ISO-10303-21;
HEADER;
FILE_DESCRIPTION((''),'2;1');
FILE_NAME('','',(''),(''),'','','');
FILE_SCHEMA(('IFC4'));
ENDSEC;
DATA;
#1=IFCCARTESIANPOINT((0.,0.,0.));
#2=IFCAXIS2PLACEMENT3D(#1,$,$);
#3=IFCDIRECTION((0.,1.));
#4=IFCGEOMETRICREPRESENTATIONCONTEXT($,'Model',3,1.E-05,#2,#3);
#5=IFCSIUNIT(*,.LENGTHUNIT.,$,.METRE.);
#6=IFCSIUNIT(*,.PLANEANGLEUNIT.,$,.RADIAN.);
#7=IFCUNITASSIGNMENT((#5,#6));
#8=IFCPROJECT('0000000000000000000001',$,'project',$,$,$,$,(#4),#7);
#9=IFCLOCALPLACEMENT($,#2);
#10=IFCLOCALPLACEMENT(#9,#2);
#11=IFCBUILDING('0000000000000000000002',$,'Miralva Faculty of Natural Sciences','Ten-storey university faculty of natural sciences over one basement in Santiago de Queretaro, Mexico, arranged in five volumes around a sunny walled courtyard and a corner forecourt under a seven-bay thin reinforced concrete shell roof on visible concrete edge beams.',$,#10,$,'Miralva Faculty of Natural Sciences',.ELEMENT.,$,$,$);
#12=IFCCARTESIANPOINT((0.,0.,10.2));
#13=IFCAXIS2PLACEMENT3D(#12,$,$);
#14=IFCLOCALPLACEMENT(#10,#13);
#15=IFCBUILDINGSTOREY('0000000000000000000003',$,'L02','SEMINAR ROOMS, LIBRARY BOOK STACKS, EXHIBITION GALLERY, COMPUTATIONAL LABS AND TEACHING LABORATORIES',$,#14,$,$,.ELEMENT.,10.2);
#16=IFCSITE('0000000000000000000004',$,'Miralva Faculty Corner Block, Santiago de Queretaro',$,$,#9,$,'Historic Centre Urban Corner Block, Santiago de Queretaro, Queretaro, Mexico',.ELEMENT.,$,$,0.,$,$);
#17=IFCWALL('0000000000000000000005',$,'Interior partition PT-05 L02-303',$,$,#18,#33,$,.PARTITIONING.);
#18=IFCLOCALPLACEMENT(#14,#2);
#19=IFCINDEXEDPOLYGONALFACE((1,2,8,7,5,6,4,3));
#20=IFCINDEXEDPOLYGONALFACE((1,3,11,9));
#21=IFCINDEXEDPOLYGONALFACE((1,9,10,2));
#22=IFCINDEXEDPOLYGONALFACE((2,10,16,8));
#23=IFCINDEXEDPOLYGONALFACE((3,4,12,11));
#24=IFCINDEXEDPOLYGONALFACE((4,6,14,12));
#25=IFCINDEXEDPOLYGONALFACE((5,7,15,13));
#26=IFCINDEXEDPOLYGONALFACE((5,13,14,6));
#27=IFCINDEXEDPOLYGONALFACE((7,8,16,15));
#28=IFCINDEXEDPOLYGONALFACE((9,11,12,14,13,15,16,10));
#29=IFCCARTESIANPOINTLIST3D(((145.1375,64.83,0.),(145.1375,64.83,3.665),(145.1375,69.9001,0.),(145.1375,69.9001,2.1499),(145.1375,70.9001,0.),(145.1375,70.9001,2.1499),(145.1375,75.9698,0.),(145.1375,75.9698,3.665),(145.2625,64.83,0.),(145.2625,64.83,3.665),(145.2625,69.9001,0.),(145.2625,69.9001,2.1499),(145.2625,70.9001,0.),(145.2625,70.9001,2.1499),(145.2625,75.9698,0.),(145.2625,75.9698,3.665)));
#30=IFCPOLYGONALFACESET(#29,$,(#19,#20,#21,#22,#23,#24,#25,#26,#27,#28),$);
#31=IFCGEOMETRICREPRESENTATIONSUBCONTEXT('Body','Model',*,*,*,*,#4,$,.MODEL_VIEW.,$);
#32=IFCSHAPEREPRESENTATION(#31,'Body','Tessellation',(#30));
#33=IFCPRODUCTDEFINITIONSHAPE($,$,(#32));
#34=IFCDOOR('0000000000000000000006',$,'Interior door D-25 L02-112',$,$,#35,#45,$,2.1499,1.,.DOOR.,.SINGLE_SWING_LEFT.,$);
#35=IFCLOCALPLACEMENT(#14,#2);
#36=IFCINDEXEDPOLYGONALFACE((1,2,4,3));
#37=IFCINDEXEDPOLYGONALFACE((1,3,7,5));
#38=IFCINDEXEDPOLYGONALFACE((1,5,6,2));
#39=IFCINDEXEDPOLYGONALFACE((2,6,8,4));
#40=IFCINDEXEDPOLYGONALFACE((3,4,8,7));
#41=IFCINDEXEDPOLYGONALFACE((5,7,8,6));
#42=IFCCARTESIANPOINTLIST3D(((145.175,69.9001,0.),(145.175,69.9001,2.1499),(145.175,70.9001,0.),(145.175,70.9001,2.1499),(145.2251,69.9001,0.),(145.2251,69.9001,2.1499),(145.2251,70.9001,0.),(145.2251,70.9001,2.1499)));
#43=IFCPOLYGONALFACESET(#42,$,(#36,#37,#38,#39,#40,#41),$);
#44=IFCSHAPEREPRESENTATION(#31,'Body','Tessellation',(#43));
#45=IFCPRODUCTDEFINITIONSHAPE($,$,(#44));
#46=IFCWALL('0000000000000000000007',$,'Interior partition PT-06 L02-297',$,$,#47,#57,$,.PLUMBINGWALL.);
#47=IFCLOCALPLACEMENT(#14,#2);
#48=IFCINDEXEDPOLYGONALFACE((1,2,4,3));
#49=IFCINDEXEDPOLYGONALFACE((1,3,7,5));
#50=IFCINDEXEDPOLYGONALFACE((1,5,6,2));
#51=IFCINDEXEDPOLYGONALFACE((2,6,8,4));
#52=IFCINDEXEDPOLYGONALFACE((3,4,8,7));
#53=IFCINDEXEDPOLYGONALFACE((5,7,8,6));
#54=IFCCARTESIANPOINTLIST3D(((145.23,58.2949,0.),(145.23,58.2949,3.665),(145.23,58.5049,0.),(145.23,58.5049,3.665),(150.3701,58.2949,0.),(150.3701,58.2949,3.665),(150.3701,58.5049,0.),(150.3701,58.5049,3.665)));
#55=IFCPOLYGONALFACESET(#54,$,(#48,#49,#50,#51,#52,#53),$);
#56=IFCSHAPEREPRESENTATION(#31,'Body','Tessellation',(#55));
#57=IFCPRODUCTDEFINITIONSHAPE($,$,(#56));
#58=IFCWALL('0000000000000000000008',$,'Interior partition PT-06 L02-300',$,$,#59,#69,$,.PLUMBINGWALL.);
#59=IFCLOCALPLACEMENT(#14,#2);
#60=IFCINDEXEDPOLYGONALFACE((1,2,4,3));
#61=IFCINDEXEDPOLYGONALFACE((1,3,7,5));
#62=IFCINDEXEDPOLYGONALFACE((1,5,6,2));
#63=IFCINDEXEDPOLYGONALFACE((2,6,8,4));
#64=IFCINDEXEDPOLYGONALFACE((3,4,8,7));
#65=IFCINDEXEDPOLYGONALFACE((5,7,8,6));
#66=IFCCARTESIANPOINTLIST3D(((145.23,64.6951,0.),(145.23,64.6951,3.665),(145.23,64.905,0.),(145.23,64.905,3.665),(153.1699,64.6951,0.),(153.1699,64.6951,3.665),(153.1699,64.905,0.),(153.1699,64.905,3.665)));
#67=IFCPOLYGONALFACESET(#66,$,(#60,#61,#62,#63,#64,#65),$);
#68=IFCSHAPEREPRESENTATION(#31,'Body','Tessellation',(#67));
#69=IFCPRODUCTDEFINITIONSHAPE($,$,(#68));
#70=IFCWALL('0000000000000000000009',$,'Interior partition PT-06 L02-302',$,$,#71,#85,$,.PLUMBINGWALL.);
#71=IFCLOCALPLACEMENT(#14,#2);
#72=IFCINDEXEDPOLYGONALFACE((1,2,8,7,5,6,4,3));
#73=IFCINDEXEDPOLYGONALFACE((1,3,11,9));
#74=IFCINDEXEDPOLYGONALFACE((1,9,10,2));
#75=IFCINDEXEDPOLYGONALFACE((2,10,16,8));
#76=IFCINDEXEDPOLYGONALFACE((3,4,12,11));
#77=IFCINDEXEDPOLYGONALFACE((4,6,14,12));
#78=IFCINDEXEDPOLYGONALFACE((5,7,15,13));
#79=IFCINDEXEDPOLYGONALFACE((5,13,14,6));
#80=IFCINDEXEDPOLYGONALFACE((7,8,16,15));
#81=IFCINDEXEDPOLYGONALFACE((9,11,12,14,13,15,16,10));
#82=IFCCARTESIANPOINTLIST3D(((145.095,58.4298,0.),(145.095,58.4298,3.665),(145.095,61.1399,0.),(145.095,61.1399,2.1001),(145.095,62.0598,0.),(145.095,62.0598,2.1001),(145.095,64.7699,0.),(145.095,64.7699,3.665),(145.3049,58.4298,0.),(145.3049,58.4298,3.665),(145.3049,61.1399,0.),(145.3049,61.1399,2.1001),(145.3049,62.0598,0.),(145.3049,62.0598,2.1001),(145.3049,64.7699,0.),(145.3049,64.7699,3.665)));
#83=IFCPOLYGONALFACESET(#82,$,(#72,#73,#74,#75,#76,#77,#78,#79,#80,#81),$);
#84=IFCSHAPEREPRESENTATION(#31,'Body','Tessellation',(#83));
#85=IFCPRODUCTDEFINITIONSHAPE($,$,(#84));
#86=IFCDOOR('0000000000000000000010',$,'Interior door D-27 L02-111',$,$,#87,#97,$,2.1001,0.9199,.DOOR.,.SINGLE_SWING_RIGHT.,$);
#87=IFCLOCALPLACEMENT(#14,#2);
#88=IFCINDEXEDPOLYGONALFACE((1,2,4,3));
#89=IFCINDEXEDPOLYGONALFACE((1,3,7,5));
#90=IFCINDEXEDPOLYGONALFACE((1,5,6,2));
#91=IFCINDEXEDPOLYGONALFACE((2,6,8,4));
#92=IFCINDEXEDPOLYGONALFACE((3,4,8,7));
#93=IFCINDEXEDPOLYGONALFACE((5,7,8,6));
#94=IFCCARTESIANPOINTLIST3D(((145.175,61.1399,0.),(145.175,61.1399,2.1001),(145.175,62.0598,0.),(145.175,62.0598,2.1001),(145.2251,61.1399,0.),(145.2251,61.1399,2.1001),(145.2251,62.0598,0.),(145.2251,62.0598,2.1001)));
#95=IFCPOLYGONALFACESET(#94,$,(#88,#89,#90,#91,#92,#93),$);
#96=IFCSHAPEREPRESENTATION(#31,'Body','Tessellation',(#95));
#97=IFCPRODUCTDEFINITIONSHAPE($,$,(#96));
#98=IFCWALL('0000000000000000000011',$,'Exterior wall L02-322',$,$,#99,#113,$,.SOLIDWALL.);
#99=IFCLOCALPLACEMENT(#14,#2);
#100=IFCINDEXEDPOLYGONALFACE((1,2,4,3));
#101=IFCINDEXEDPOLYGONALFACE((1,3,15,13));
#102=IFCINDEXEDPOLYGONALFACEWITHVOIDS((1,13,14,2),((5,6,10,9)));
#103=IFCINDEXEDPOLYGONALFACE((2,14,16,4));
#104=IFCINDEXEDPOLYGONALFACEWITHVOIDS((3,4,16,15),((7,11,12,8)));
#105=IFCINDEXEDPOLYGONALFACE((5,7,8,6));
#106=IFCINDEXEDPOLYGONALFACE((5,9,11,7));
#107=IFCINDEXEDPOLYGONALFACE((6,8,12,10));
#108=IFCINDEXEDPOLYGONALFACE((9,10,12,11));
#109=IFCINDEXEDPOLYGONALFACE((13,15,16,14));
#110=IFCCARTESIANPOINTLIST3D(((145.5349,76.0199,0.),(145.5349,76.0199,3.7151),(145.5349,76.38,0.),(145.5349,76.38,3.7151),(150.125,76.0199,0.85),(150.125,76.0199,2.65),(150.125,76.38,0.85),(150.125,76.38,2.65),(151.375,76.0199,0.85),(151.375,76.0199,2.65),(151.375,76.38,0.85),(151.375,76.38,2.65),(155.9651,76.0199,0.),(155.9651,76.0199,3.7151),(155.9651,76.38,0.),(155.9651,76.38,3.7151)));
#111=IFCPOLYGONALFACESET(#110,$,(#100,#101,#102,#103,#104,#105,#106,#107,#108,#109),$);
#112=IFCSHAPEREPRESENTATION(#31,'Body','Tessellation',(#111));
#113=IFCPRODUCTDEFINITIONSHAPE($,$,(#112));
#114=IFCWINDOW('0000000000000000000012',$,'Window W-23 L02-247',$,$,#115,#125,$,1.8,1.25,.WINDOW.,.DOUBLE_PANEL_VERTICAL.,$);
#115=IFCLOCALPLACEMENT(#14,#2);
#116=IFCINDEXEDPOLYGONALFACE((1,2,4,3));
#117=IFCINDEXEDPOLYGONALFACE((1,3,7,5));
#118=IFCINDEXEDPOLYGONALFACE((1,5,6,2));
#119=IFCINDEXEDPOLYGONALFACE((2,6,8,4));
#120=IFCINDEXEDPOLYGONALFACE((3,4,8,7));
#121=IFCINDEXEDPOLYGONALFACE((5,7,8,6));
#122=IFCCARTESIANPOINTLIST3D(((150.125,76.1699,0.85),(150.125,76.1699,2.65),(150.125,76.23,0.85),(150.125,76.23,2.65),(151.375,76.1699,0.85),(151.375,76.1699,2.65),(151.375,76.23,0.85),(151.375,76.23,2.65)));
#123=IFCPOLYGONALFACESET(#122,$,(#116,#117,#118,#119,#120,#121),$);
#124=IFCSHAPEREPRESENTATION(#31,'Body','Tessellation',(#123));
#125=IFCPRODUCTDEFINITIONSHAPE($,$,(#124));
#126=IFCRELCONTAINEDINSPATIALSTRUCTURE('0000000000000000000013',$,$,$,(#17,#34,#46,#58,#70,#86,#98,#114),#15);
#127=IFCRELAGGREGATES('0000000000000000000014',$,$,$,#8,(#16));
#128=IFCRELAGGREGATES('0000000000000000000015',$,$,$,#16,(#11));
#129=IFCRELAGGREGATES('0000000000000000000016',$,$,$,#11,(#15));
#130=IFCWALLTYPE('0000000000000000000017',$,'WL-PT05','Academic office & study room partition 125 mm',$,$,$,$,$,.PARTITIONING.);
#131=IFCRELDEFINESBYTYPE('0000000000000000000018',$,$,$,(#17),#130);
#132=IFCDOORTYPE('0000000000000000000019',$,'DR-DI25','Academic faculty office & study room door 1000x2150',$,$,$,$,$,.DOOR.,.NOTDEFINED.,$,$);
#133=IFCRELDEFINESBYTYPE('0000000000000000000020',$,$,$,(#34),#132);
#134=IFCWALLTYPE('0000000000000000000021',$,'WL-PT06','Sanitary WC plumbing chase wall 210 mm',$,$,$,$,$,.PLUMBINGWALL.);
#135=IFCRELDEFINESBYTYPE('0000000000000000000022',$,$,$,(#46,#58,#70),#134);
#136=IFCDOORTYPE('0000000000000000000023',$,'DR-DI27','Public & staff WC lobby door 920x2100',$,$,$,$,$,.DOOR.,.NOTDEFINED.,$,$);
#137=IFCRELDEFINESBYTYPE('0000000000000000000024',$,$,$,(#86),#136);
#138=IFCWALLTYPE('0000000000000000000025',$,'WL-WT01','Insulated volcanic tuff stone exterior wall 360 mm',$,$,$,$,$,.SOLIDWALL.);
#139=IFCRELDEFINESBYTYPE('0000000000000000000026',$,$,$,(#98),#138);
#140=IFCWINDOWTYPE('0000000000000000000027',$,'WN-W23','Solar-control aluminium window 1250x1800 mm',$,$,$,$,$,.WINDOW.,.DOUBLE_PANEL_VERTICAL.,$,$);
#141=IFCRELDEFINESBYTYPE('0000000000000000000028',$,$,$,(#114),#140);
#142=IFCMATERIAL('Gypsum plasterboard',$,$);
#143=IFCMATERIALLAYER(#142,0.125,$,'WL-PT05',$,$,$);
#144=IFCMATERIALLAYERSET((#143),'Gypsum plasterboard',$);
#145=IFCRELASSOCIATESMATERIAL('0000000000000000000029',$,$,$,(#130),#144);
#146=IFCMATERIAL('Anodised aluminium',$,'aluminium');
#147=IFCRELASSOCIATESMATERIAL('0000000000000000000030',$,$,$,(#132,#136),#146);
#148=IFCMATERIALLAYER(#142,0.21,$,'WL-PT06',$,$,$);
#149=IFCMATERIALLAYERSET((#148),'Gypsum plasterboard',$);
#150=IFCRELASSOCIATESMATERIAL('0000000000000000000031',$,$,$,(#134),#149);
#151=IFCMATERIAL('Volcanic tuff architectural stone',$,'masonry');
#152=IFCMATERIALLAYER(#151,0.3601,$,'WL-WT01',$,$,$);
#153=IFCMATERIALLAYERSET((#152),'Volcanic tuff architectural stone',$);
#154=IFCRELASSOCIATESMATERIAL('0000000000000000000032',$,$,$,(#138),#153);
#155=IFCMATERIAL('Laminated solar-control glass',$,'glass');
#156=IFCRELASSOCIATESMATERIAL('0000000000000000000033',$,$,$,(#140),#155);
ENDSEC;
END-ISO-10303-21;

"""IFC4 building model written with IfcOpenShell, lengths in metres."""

from ifc_helpers import new_model, si_unit, direction, frame, frame_2d, origin, place, context, subcontext, project, spatial, rectangle, extrude, material, layer, layer_set, type_object, element, fill, save


model = new_model("IFC4")

# Units and contexts
model_context = context("Model", 3, precision=1e-05, world=origin(), true_north=direction((0.0, 1.0)))
body_context = subcontext(model_context, "Body", "Model", "MODEL_VIEW")
ifc_project = project(units=[si_unit("LENGTHUNIT", "METRE"), si_unit("PLANEANGLEUNIT", "RADIAN")], contexts=[model_context])

# Site, building, storey
site_placement = place(None, origin())
site = spatial("IfcSite", under=ifc_project, at=site_placement, Name="Miralva Faculty Corner Block, Santiago de Queretaro", LongName="Historic Centre Urban Corner Block, Santiago de Queretaro, Queretaro, Mexico", CompositionType="ELEMENT", RefElevation=0.0)
building_placement = place(site_placement, origin())
building = spatial("IfcBuilding", under=site, at=building_placement, Name="Miralva Faculty of Natural Sciences", Description="Ten-storey university faculty of natural sciences over one basement in Santiago de Queretaro, Mexico, arranged in five volumes around a sunny walled courtyard and a corner forecourt under a seven-bay thin reinforced concrete shell roof on visible concrete edge beams.", LongName="Miralva Faculty of Natural Sciences", CompositionType="ELEMENT")
storey_placement = place(building_placement, frame((0.0, 0.0, 10.2)))
storey = spatial("IfcBuildingStorey", under=building, at=storey_placement, Name="L02", Description="SEMINAR ROOMS, LIBRARY BOOK STACKS, EXHIBITION GALLERY, COMPUTATIONAL LABS AND TEACHING LABORATORIES", CompositionType="ELEMENT", Elevation=10.2)

# Wall, opening, door
ifc_material_1 = material(Name="Gypsum plasterboard")
ifc_layer_1 = layer(ifc_material_1, 0.125, Name="WL-PT05")
ifc_layer_set_1 = layer_set([ifc_layer_1], Name="Gypsum plasterboard")
wall_type_1 = type_object("IfcWallType", Name="WL-PT05", Description="Academic office & study room partition 125 mm", PredefinedType="PARTITIONING", material=ifc_layer_set_1)
wall_1_placement = place(storey_placement, frame((145.2, 64.8301, 0.0), z_axis=(0.0, 0.0, 1.0), x_axis=(0.0, 1.0, 0.0)))
wall_1 = element("IfcWall", 1, at=wall_1_placement, inside=storey, type_object=wall_type_1, Name="Interior partition PT-05 L02-303", PredefinedType="PARTITIONING", context=body_context, shape_type="SweptSolid", body=[
    extrude(rectangle(XDim=11.1399, YDim=0.125, at=frame_2d((5.5698, 0.0))), origin(), (0.0, 0.0, 1.0), 3.665),
])
opening_1_placement = place(wall_1_placement, frame((5.0701, 0.0, 0.0)))
opening_1 = element("IfcOpeningElement", 2, at=opening_1_placement, cuts=wall_1, PredefinedType="OPENING", context=body_context, shape_type="SweptSolid", body=[
    extrude(rectangle(XDim=1.0, YDim=2.1499, at=frame_2d((0.5, 1.075))), frame((0.0, 0.0725, 0.0), z_axis=(0.0, -1.0, 0.0), x_axis=(1.0, 0.0, 0.0)), (0.0, 0.0, 1.0), 0.145),
])
ifc_material_2 = material(Name="Anodised aluminium", Category="aluminium")
door_type_1 = type_object("IfcDoorType", Name="DR-DI25", Description="Academic faculty office & study room door 1000x2150", OperationType="NOTDEFINED", PredefinedType="DOOR", material=ifc_material_2)
door_1_placement = place(opening_1_placement, origin())
door_1 = element("IfcDoor", 3, at=door_1_placement, inside=storey, type_object=door_type_1, Name="Interior door D-25 L02-112", OperationType="SINGLE_SWING_LEFT", OverallHeight=2.1499, OverallWidth=1.0, PredefinedType="DOOR", context=body_context, shape_type="SweptSolid", body=[
    extrude(rectangle(XDim=1.0, YDim=2.1499, at=frame_2d((0.5, 1.075))), frame((0.0, 0.0249, 0.0), z_axis=(0.0, -1.0, 0.0), x_axis=(1.0, 0.0, 0.0)), (0.0, 0.0, 1.0), 0.05),
])
fill(opening_1, door_1)

# Walls
ifc_layer_2 = layer(ifc_material_1, 0.21, Name="WL-PT06")
ifc_layer_set_2 = layer_set([ifc_layer_2], Name="Gypsum plasterboard")
wall_type_2 = type_object("IfcWallType", Name="WL-PT06", Description="Sanitary WC plumbing chase wall 210 mm", PredefinedType="PLUMBINGWALL", material=ifc_layer_set_2)
wall_2_placement = place(storey_placement, frame((145.23, 58.3999, 0.0), z_axis=(0.0, 0.0, 1.0), x_axis=(1.0, 0.0, 0.0)))
element("IfcWall", 4, at=wall_2_placement, inside=storey, type_object=wall_type_2, Name="Interior partition PT-06 L02-297", PredefinedType="PLUMBINGWALL", context=body_context, shape_type="SweptSolid", body=[
    extrude(rectangle(XDim=5.1401, YDim=0.21, at=frame_2d((2.5701, 0.0))), origin(), (0.0, 0.0, 1.0), 3.665),
])
wall_3_placement = place(storey_placement, frame((145.23, 64.8, 0.0), z_axis=(0.0, 0.0, 1.0), x_axis=(1.0, 0.0, 0.0)))
element("IfcWall", 5, at=wall_3_placement, inside=storey, type_object=wall_type_2, Name="Interior partition PT-06 L02-300", PredefinedType="PLUMBINGWALL", context=body_context, shape_type="SweptSolid", body=[
    extrude(rectangle(XDim=7.9399, YDim=0.21, at=frame_2d((3.97, 0.0))), origin(), (0.0, 0.0, 1.0), 3.665),
])

# Wall, opening, door
wall_4_placement = place(storey_placement, frame((145.2, 58.4299, 0.0), z_axis=(0.0, 0.0, 1.0), x_axis=(0.0, 1.0, 0.0)))
wall_4 = element("IfcWall", 6, at=wall_4_placement, inside=storey, type_object=wall_type_2, Name="Interior partition PT-06 L02-302", PredefinedType="PLUMBINGWALL", context=body_context, shape_type="SweptSolid", body=[
    extrude(rectangle(XDim=6.3401, YDim=0.21, at=frame_2d((3.1699, 0.0))), origin(), (0.0, 0.0, 1.0), 3.665),
])
opening_2_placement = place(wall_4_placement, frame((2.71, 0.0, 0.0)))
opening_2 = element("IfcOpeningElement", 7, at=opening_2_placement, cuts=wall_4, PredefinedType="OPENING", context=body_context, shape_type="SweptSolid", body=[
    extrude(rectangle(XDim=0.9199, YDim=2.1001, at=frame_2d((0.46, 1.05))), frame((0.0, 0.115, 0.0), z_axis=(0.0, -1.0, 0.0), x_axis=(1.0, 0.0, 0.0)), (0.0, 0.0, 1.0), 0.23),
])
door_type_2 = type_object("IfcDoorType", Name="DR-DI27", Description="Public & staff WC lobby door 920x2100", OperationType="NOTDEFINED", PredefinedType="DOOR", material=ifc_material_2)
door_2_placement = place(opening_2_placement, origin())
door_2 = element("IfcDoor", 8, at=door_2_placement, inside=storey, type_object=door_type_2, Name="Interior door D-27 L02-111", OperationType="SINGLE_SWING_RIGHT", OverallHeight=2.1001, OverallWidth=0.9199, PredefinedType="DOOR", context=body_context, shape_type="SweptSolid", body=[
    extrude(rectangle(XDim=0.9199, YDim=2.1001, at=frame_2d((0.46, 1.05))), frame((0.0, 0.0249, 0.0), z_axis=(0.0, -1.0, 0.0), x_axis=(1.0, 0.0, 0.0)), (0.0, 0.0, 1.0), 0.05),
])
fill(opening_2, door_2)

# Wall, opening, window
ifc_material_3 = material(Name="Volcanic tuff architectural stone", Category="masonry")
ifc_layer_3 = layer(ifc_material_3, 0.3601, Name="WL-WT01")
ifc_layer_set_3 = layer_set([ifc_layer_3], Name="Volcanic tuff architectural stone")
wall_type_3 = type_object("IfcWallType", Name="WL-WT01", Description="Insulated volcanic tuff stone exterior wall 360 mm", PredefinedType="SOLIDWALL", material=ifc_layer_set_3)
wall_5_placement = place(storey_placement, frame((145.5349, 76.2, 0.0), z_axis=(0.0, 0.0, 1.0), x_axis=(1.0, 0.0, 0.0)))
wall_5 = element("IfcWall", 9, at=wall_5_placement, inside=storey, type_object=wall_type_3, Name="Exterior wall L02-322", PredefinedType="SOLIDWALL", context=body_context, shape_type="SweptSolid", body=[
    extrude(rectangle(XDim=10.4302, YDim=0.3601, at=frame_2d((5.2151, 0.0))), origin(), (0.0, 0.0, 1.0), 3.7151),
])
opening_3_placement = place(wall_5_placement, frame((4.5901, 0.0, 0.8501)))
opening_3 = element("IfcOpeningElement", 10, at=opening_3_placement, cuts=wall_5, PredefinedType="OPENING", context=body_context, shape_type="SweptSolid", body=[
    extrude(rectangle(XDim=1.25, YDim=1.8, at=frame_2d((0.625, 0.8999))), frame((0.0, 0.1899, 0.0), z_axis=(0.0, -1.0, 0.0), x_axis=(1.0, 0.0, 0.0)), (0.0, 0.0, 1.0), 0.3801),
])
ifc_material_4 = material(Name="Laminated solar-control glass", Category="glass")
window_type = type_object("IfcWindowType", Name="WN-W23", Description="Solar-control aluminium window 1250x1800 mm", PartitioningType="DOUBLE_PANEL_VERTICAL", PredefinedType="WINDOW", material=ifc_material_4)
window_placement = place(opening_3_placement, origin())
window = element("IfcWindow", 11, at=window_placement, inside=storey, type_object=window_type, Name="Window W-23 L02-247", OverallHeight=1.8, OverallWidth=1.25, PartitioningType="DOUBLE_PANEL_VERTICAL", PredefinedType="WINDOW", context=body_context, shape_type="SweptSolid", body=[
    extrude(rectangle(XDim=1.25, YDim=1.8, at=frame_2d((0.625, 0.8999))), frame((0.0, 0.03, 0.0), z_axis=(0.0, -1.0, 0.0), x_axis=(1.0, 0.0, 0.0)), (0.0, 0.0, 1.0), 0.0601),
])
fill(opening_3, window)

save(model, "model.ifc")
